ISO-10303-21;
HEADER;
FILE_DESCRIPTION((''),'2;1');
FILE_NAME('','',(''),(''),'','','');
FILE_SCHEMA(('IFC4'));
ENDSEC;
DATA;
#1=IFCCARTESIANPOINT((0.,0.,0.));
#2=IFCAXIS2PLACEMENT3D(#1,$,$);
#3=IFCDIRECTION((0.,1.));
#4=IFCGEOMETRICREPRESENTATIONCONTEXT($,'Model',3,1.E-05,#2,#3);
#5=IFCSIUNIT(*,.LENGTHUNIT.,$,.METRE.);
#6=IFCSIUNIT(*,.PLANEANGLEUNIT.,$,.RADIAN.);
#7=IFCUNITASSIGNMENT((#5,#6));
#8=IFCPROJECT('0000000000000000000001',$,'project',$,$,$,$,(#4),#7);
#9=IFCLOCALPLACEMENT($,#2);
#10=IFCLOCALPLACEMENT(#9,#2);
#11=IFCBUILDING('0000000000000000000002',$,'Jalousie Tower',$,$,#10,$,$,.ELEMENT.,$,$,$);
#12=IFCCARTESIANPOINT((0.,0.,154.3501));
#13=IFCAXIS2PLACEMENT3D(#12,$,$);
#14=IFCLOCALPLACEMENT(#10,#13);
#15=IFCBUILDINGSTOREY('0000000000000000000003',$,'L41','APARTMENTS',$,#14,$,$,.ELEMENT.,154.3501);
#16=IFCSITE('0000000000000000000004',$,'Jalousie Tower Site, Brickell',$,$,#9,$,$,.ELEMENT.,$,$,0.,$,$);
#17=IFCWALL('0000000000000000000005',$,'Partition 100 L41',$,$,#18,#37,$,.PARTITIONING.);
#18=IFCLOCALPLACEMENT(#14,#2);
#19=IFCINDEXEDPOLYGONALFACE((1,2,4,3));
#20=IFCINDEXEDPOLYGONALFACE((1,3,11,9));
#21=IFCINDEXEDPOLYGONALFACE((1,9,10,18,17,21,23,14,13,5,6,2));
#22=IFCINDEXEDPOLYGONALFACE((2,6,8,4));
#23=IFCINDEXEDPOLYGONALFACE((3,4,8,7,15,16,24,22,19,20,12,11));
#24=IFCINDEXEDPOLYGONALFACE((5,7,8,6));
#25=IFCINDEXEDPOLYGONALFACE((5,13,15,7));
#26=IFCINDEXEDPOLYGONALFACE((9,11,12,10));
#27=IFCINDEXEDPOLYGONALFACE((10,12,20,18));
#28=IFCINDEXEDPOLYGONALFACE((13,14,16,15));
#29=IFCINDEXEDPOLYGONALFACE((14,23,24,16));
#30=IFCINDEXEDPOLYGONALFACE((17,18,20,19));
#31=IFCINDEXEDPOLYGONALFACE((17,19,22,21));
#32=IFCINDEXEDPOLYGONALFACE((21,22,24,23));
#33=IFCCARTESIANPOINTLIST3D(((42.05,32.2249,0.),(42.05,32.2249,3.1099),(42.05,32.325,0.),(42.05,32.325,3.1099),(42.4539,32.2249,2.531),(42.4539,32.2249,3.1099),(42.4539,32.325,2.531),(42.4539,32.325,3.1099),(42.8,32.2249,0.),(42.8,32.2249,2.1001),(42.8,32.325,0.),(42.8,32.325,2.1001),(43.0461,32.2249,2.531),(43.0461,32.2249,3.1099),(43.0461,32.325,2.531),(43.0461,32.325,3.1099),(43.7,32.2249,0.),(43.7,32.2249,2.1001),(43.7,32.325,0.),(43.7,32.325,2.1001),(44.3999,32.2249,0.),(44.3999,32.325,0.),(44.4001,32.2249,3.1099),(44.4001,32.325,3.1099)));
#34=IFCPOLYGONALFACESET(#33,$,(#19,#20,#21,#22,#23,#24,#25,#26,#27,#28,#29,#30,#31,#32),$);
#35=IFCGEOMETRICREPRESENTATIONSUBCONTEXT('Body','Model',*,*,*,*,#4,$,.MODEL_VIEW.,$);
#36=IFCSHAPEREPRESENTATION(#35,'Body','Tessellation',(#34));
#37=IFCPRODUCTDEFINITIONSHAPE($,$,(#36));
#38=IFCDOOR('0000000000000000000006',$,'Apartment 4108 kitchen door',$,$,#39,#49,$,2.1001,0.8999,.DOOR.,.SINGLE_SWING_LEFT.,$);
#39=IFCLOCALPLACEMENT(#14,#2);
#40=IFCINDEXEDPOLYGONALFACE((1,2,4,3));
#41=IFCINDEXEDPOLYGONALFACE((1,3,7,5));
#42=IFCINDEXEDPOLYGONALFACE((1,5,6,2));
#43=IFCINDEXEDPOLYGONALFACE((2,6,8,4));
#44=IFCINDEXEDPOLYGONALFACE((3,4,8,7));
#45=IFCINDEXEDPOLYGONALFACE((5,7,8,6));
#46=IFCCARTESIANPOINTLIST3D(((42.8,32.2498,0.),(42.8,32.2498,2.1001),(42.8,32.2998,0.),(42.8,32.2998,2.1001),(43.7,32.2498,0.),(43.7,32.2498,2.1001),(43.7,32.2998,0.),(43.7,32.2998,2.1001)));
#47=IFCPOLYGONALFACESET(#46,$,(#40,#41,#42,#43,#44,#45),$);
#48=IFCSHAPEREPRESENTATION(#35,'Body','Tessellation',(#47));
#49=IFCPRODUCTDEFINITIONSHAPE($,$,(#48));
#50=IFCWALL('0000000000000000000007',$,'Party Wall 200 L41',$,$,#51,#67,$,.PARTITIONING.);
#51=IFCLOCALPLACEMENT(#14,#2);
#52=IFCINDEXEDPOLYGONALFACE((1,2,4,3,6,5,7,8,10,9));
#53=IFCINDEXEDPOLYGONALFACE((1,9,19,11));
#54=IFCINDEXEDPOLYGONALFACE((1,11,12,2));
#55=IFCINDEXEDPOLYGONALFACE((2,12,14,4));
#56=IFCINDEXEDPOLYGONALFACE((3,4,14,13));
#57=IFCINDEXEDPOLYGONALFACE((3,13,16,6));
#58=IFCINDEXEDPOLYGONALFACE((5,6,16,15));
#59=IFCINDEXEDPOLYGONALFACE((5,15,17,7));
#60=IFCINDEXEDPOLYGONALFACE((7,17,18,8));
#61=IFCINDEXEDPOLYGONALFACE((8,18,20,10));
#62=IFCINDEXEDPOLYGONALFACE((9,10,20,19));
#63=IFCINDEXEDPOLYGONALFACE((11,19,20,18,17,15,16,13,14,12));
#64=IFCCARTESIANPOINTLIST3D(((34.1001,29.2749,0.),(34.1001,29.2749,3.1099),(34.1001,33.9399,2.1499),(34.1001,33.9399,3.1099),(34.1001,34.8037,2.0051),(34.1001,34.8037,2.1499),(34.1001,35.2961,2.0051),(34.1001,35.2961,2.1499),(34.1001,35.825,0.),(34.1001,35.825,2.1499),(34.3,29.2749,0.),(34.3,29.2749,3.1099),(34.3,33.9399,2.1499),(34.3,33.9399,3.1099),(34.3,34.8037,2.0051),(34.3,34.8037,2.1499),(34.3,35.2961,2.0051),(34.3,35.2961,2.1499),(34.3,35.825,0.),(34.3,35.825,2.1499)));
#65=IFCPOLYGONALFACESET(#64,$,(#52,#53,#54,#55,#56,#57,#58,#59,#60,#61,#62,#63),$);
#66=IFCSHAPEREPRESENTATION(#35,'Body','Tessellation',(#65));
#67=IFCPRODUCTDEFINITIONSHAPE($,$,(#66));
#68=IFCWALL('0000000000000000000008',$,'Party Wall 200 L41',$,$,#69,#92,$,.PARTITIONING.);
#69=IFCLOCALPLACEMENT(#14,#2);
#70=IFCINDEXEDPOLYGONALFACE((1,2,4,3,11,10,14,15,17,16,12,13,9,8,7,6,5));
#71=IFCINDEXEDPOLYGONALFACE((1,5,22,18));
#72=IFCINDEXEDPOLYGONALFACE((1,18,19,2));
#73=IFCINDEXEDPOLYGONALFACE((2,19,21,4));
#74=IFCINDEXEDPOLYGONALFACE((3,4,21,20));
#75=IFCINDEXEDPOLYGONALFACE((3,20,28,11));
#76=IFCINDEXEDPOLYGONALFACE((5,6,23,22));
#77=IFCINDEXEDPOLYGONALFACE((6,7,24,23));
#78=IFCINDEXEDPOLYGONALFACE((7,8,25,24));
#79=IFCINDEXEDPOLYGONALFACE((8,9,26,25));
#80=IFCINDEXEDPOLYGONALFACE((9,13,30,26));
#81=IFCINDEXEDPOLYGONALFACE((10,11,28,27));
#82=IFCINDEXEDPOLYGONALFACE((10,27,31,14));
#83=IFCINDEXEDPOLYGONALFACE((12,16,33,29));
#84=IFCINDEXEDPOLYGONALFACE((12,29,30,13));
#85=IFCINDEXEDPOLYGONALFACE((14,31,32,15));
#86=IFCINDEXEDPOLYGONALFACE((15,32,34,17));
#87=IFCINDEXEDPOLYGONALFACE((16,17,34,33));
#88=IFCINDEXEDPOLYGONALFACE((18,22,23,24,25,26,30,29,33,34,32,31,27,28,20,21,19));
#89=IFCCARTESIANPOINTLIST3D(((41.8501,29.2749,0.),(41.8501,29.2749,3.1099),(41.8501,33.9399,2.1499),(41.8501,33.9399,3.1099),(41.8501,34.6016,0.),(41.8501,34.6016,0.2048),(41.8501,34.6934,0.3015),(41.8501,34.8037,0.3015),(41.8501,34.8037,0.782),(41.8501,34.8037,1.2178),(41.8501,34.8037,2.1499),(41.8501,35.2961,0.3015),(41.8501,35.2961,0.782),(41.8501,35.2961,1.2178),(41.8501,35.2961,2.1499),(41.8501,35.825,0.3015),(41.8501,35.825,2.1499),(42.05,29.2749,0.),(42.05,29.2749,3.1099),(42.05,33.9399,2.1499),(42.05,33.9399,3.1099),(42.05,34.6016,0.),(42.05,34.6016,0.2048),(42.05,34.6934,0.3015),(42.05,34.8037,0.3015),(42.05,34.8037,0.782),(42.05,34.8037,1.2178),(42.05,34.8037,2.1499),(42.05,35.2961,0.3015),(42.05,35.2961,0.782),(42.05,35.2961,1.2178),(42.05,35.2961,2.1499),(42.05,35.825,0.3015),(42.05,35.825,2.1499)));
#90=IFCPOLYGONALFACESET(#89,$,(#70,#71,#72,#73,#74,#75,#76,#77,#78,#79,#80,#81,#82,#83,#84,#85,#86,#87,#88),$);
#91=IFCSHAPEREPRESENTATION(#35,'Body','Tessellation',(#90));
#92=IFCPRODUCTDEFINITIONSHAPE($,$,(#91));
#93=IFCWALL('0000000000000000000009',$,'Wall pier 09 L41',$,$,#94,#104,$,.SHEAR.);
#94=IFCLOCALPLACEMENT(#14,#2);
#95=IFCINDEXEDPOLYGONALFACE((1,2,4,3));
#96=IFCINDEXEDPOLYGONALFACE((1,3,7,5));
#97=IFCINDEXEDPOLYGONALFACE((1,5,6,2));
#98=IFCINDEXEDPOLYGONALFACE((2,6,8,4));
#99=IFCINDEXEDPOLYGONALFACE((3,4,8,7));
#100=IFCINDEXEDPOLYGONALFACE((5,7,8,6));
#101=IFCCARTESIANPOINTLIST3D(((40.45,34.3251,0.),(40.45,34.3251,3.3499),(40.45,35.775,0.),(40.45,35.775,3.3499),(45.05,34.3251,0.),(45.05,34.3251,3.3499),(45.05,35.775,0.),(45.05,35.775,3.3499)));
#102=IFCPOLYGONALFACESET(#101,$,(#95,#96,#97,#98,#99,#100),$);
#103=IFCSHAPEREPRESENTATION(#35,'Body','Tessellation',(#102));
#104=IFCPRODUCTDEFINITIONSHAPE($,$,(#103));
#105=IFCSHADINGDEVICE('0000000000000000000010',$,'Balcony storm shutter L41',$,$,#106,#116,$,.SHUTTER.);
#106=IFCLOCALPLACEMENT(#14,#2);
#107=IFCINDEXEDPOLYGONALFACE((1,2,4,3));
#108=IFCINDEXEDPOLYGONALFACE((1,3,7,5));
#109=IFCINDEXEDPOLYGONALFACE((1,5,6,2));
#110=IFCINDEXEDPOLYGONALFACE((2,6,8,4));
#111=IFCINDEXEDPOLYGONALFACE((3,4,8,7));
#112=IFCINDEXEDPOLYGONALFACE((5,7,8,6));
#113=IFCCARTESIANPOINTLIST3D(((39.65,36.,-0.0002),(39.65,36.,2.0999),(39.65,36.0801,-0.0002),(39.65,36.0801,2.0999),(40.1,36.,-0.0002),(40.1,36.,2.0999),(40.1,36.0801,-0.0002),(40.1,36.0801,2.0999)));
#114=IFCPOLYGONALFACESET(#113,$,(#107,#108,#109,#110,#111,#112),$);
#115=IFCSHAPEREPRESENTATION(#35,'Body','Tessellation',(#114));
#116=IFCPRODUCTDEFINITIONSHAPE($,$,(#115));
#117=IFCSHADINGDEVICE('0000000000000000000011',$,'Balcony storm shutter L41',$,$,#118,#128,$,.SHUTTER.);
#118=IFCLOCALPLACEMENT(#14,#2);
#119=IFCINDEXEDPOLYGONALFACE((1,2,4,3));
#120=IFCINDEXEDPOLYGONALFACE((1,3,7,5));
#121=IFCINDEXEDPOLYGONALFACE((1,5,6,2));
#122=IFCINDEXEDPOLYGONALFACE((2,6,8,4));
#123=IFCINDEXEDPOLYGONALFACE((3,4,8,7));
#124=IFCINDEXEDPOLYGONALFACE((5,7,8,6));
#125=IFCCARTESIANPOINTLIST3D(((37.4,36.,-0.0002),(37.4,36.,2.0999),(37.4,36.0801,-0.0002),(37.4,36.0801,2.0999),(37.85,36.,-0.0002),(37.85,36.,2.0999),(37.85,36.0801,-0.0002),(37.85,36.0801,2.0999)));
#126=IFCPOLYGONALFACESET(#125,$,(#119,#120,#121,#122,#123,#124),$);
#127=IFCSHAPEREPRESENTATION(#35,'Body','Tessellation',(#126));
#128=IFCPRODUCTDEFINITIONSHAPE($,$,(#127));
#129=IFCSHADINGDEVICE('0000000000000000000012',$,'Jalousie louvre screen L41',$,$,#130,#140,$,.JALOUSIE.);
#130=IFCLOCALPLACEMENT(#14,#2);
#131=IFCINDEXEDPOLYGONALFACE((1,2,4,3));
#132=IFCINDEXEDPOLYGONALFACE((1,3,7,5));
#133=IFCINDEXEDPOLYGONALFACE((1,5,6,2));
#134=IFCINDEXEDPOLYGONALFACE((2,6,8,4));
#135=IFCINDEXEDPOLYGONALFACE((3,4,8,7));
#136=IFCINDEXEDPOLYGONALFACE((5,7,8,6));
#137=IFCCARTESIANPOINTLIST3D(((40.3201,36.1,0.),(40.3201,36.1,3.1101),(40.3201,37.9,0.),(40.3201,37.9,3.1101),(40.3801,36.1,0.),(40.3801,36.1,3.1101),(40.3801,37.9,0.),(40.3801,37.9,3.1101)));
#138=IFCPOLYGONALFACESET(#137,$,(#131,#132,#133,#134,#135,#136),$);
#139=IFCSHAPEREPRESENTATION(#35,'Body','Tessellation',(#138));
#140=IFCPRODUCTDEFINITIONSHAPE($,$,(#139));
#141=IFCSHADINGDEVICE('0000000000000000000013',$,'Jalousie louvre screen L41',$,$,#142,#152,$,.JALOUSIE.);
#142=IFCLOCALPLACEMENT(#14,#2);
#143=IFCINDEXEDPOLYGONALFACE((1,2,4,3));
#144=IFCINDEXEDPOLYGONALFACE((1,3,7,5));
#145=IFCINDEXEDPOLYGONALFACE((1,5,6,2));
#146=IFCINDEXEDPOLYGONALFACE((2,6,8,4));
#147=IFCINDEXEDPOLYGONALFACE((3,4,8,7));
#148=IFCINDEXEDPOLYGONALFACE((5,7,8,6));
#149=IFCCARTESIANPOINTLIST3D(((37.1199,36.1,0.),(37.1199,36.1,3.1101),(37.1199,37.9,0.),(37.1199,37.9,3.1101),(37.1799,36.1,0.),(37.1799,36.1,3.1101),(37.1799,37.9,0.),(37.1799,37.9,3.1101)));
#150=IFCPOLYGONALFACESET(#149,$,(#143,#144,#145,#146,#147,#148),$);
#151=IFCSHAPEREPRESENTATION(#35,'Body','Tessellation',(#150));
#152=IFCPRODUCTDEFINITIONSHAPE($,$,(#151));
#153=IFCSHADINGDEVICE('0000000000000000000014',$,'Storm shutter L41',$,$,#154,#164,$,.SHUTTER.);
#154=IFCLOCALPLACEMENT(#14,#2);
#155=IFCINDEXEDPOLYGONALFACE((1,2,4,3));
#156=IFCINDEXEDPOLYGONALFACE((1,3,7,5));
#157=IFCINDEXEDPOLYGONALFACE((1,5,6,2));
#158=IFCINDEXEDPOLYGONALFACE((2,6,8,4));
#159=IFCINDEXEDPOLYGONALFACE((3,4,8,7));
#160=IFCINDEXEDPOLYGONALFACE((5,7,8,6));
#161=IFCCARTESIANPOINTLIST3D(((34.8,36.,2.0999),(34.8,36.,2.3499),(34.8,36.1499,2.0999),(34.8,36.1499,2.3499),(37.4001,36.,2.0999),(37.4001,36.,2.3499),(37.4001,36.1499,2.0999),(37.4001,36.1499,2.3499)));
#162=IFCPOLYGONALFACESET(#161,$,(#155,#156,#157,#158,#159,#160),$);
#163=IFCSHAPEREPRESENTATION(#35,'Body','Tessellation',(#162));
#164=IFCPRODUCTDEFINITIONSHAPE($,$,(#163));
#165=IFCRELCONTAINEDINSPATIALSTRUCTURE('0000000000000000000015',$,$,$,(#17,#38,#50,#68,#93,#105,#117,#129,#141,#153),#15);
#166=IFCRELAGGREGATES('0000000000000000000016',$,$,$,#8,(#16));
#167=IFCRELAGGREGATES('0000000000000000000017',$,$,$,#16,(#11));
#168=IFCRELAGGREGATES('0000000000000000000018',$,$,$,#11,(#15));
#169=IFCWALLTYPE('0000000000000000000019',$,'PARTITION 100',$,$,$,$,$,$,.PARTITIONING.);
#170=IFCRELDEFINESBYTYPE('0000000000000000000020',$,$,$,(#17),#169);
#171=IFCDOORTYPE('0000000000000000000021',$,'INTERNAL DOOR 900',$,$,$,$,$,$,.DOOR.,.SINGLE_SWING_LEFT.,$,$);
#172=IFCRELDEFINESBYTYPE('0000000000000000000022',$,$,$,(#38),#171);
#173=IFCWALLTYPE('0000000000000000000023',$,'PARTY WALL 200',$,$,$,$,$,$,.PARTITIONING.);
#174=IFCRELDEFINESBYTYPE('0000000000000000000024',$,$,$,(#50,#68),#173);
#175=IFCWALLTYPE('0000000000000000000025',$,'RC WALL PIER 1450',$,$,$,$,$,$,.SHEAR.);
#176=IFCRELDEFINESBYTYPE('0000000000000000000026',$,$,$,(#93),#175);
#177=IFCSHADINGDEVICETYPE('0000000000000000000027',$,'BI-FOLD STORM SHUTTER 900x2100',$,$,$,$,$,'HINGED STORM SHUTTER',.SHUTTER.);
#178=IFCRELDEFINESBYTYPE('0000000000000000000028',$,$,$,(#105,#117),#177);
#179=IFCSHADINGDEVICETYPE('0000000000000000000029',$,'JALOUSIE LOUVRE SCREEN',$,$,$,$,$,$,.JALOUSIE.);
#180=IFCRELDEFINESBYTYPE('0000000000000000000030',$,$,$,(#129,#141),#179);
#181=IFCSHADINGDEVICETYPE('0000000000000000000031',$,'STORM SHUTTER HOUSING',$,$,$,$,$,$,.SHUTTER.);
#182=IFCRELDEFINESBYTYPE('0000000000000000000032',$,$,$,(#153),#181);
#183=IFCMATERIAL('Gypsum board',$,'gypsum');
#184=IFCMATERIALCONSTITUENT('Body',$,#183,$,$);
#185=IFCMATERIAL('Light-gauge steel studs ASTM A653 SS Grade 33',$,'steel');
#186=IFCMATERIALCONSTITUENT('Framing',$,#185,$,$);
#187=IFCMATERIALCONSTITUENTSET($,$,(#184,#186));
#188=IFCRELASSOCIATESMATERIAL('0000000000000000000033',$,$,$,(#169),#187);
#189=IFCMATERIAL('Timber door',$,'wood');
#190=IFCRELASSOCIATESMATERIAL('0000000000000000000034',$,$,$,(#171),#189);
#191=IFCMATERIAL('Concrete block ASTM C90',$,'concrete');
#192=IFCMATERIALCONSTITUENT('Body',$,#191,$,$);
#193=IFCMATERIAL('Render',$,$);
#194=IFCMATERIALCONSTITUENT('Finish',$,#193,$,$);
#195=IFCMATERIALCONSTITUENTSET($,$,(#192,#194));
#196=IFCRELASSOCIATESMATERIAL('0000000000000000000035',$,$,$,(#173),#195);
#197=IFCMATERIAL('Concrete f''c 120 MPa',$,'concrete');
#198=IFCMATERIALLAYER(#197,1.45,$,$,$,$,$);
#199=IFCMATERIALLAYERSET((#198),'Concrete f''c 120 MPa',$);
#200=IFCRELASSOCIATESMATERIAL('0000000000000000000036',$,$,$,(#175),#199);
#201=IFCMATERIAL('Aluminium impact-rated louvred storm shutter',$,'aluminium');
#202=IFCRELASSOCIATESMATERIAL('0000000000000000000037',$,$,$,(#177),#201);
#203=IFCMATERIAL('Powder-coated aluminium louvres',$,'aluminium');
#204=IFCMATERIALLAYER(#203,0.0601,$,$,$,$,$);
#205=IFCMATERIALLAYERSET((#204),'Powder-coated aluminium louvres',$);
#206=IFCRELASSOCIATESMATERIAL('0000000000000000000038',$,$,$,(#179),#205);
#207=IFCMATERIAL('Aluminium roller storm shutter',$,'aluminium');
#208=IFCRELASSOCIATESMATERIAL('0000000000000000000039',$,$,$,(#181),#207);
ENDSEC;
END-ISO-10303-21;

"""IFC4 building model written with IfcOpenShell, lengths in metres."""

from ifc_helpers import new_model, si_unit, direction, frame, frame_2d, origin, origin_2d, place, context, subcontext, project, spatial, polyline, rectangle, outline, extrude, material, layer, layer_set, constituent, constituent_set, type_object, element, fill, save


model = new_model("IFC4")

# Units and contexts
model_context = context("Model", 3, precision=1e-05, world=origin(), true_north=direction((0.0, 1.0)))
body_context = subcontext(model_context, "Body", "Model", "MODEL_VIEW")
ifc_project = project(units=[si_unit("LENGTHUNIT", "METRE"), si_unit("PLANEANGLEUNIT", "RADIAN")], contexts=[model_context])

# Site, building, storey
site_placement = place(None, origin())
site = spatial("IfcSite", under=ifc_project, at=site_placement, Name="Jalousie Tower Site, Brickell", CompositionType="ELEMENT", RefElevation=0.0)
building_placement = place(site_placement, origin())
building = spatial("IfcBuilding", under=site, at=building_placement, Name="Jalousie Tower", CompositionType="ELEMENT")
storey_placement = place(building_placement, frame((0.0, 0.0, 154.3501)))
storey = spatial("IfcBuildingStorey", under=building, at=storey_placement, Name="L41", Description="APARTMENTS", CompositionType="ELEMENT", Elevation=154.3501)

# Wall, opening, door
ifc_material_1 = material(Name="Gypsum board", Category="gypsum")
ifc_constituent_1 = constituent(ifc_material_1, Name="Body")
ifc_material_2 = material(Name="Light-gauge steel studs ASTM A653 SS Grade 33", Category="steel")
ifc_constituent_2 = constituent(ifc_material_2, Name="Framing")
ifc_constituent_set_1 = constituent_set(constituents=[ifc_constituent_1, ifc_constituent_2])
wall_type_1 = type_object("IfcWallType", Name="PARTITION 100", PredefinedType="PARTITIONING", material=ifc_constituent_set_1)
ifc_material_3 = material(Name="Timber door", Category="wood")
door_type_1 = type_object("IfcDoorType", Name="INTERNAL DOOR 900", OperationType="SINGLE_SWING_LEFT", PredefinedType="DOOR", material=ifc_material_3)
wall_1_placement = place(storey_placement, frame((42.05, 32.2749, 0.0), z_axis=(0.0, 0.0, 1.0), x_axis=(1.0, 0.0, 0.0)))
wall_1 = element("IfcWall", 1, at=wall_1_placement, inside=storey, type_object=wall_type_1, Name="Partition 100 L41", PredefinedType="PARTITIONING", context=body_context, shape_type="SweptSolid", body=[
    extrude(outline(polyline([(0.0, 0.0), (2.3499, 0.0), (2.3501, 3.1099), (0.9961, 3.1099), (0.9961, 2.531), (0.4038, 2.531), (0.4038, 3.1099), (0.0, 3.1099), (0.0, 0.0)])), frame((0.0, 0.05, 0.0), z_axis=(0.0, -1.0, 0.0), x_axis=(1.0, 0.0, 0.0)), (0.0, 0.0, 1.0), 0.1001),
])
opening_1_placement = place(wall_1_placement, frame((0.75, 0.0, 0.0)))
opening_1 = element("IfcOpeningElement", 2, at=opening_1_placement, cuts=wall_1, PredefinedType="OPENING", context=body_context, shape_type="SweptSolid", body=[
    extrude(rectangle(XDim=0.8999, YDim=2.1001, at=frame_2d((0.45, 1.05))), frame((0.0, 0.0601, 0.0), z_axis=(0.0, -1.0, 0.0), x_axis=(1.0, 0.0, 0.0)), (0.0, 0.0, 1.0), 0.1201),
])
door_1_placement = place(opening_1_placement, origin())
door_1 = element("IfcDoor", 3, at=door_1_placement, inside=storey, type_object=door_type_1, Name="Apartment 4108 kitchen door", OperationType="SINGLE_SWING_LEFT", OverallHeight=2.1001, OverallWidth=0.8999, PredefinedType="DOOR", context=body_context, shape_type="SweptSolid", body=[
    extrude(rectangle(XDim=0.8999, YDim=2.1001, at=frame_2d((0.45, 1.05))), frame((0.0, 0.0249, 0.0), z_axis=(0.0, -1.0, 0.0), x_axis=(1.0, 0.0, 0.0)), (0.0, 0.0, 1.0), 0.05),
])
fill(opening_1, door_1)

# Walls
ifc_material_4 = material(Name="Concrete block ASTM C90", Category="concrete")
ifc_constituent_3 = constituent(ifc_material_4, Name="Body")
ifc_material_5 = material(Name="Render")
ifc_constituent_4 = constituent(ifc_material_5, Name="Finish")
ifc_constituent_set_2 = constituent_set(constituents=[ifc_constituent_3, ifc_constituent_4])
wall_type_2 = type_object("IfcWallType", Name="PARTY WALL 200", PredefinedType="PARTITIONING", material=ifc_constituent_set_2)
wall_2_placement = place(storey_placement, frame((34.2, 35.825, 0.0), z_axis=(0.0, 0.0, 1.0), x_axis=(0.0, -1.0, 0.0)))
element("IfcWall", 4, at=wall_2_placement, inside=storey, type_object=wall_type_2, Name="Party Wall 200 L41", PredefinedType="PARTITIONING", context=body_context, shape_type="SweptSolid", body=[
    extrude(outline(polyline([(0.0, 0.0), (6.55, 0.0), (6.55, 3.1099), (1.885, 3.1099), (1.885, 2.1499), (1.0212, 2.1499), (1.0212, 2.0051), (0.5288, 2.0051), (0.5288, 2.1499), (0.0, 2.1499), (0.0, 0.0)])), frame((0.0, 0.1001, 0.0), z_axis=(0.0, -1.0, 0.0), x_axis=(1.0, 0.0, 0.0)), (0.0, 0.0, 1.0), 0.2),
])
wall_3_placement = place(storey_placement, frame((41.95, 35.825, 0.0), z_axis=(0.0, 0.0, 1.0), x_axis=(0.0, -1.0, 0.0)))
element("IfcWall", 5, at=wall_3_placement, inside=storey, type_object=wall_type_2, Name="Party Wall 200 L41", PredefinedType="PARTITIONING", context=body_context, shape_type="SweptSolid", body=[
    extrude(outline(polyline([(0.5288, 2.1499), (0.0, 2.1499), (0.0, 0.3015), (0.5288, 0.3015), (0.5288, 0.782), (1.0212, 0.782), (1.0212, 0.3015), (1.1316, 0.3015), (1.2234, 0.2048), (1.2234, 0.0), (6.55, 0.0), (6.55, 3.1099), (1.885, 3.1099), (1.885, 2.1499), (1.0212, 2.1499), (1.0212, 1.2178), (0.5288, 1.2178), (0.5288, 2.1499)])), frame((0.0, 0.1001, 0.0), z_axis=(0.0, -1.0, 0.0), x_axis=(1.0, 0.0, 0.0)), (0.0, 0.0, 1.0), 0.2),
])
ifc_material_6 = material(Name="Concrete f'c 120 MPa", Category="concrete")
ifc_layer_1 = layer(ifc_material_6, 1.45)
ifc_layer_set_1 = layer_set([ifc_layer_1], Name="Concrete f'c 120 MPa")
wall_type_3 = type_object("IfcWallType", Name="RC WALL PIER 1450", PredefinedType="SHEAR", material=ifc_layer_set_1)
wall_4_placement = place(storey_placement, frame((40.45, 35.05, 0.0), z_axis=(0.0, 0.0, 1.0), x_axis=(1.0, 0.0, 0.0)))
element("IfcWall", 6, at=wall_4_placement, inside=storey, type_object=wall_type_3, Name="Wall pier 09 L41", PredefinedType="SHEAR", context=body_context, shape_type="SweptSolid", body=[
    extrude(rectangle(XDim=4.6001, YDim=1.45, at=frame_2d((2.3, 0.0))), origin(), (0.0, 0.0, 1.0), 3.3499),
])

# Shading devices
ifc_material_7 = material(Name="Aluminium impact-rated louvred storm shutter", Category="aluminium")
shading_device_type_1 = type_object("IfcShadingDeviceType", Name="BI-FOLD STORM SHUTTER 900x2100", ElementType="HINGED STORM SHUTTER", PredefinedType="SHUTTER", material=ifc_material_7)
for number, where, z_axis, x_axis, name in (
    (7, (39.875, 36.04, -0.0002), (0.0, 0.0, 1.0), (-1.0, 0.0, 0.0), "Balcony storm shutter L41"),
    (8, (37.625, 36.04, -0.0002), (0.0, 0.0, 1.0), (-1.0, 0.0, 0.0), "Balcony storm shutter L41"),
):
    element("IfcShadingDevice", number, at=place(storey_placement, frame(where, z_axis=z_axis, x_axis=x_axis)), inside=storey, type_object=shading_device_type_1, Name=name, PredefinedType="SHUTTER", context=body_context, shape_type="SweptSolid", body=[
        extrude(rectangle(XDim=0.45, YDim=0.0801, at=origin_2d()), origin(), (0.0, 0.0, 1.0), 2.1001),
    ])

# Shading devices
ifc_material_8 = material(Name="Powder-coated aluminium louvres", Category="aluminium")
ifc_layer_2 = layer(ifc_material_8, 0.0601)
ifc_layer_set_2 = layer_set([ifc_layer_2], Name="Powder-coated aluminium louvres")
shading_device_type_2 = type_object("IfcShadingDeviceType", Name="JALOUSIE LOUVRE SCREEN", PredefinedType="JALOUSIE", material=ifc_layer_set_2)
for number, where, z_axis, x_axis, name in (
    (9, (40.3501, 37.0, 0.0), (0.0, 0.0, 1.0), (-1.0, 0.0, 0.0), "Jalousie louvre screen L41"),
    (10, (37.1499, 37.0, 0.0), (0.0, 0.0, 1.0), (-1.0, 0.0, 0.0), "Jalousie louvre screen L41"),
):
    element("IfcShadingDevice", number, at=place(storey_placement, frame(where, z_axis=z_axis, x_axis=x_axis)), inside=storey, type_object=shading_device_type_2, Name=name, PredefinedType="JALOUSIE", context=body_context, shape_type="SweptSolid", body=[
        extrude(rectangle(XDim=0.0601, YDim=1.8, at=origin_2d()), origin(), (0.0, 0.0, 1.0), 3.1101),
    ])
ifc_material_9 = material(Name="Aluminium roller storm shutter", Category="aluminium")
shading_device_type_3 = type_object("IfcShadingDeviceType", Name="STORM SHUTTER HOUSING", PredefinedType="SHUTTER", material=ifc_material_9)
shading_device_placement = place(storey_placement, frame((36.1001, 36.075, 2.0999), z_axis=(0.0, 0.0, 1.0), x_axis=(-1.0, 0.0, 0.0)))
element("IfcShadingDevice", 11, at=shading_device_placement, inside=storey, type_object=shading_device_type_3, Name="Storm shutter L41", PredefinedType="SHUTTER", context=body_context, shape_type="SweptSolid", body=[
    extrude(rectangle(XDim=2.6001, YDim=0.1499, at=origin_2d()), origin(), (0.0, 0.0, 1.0), 0.25),
])

save(model, "model.ifc")
